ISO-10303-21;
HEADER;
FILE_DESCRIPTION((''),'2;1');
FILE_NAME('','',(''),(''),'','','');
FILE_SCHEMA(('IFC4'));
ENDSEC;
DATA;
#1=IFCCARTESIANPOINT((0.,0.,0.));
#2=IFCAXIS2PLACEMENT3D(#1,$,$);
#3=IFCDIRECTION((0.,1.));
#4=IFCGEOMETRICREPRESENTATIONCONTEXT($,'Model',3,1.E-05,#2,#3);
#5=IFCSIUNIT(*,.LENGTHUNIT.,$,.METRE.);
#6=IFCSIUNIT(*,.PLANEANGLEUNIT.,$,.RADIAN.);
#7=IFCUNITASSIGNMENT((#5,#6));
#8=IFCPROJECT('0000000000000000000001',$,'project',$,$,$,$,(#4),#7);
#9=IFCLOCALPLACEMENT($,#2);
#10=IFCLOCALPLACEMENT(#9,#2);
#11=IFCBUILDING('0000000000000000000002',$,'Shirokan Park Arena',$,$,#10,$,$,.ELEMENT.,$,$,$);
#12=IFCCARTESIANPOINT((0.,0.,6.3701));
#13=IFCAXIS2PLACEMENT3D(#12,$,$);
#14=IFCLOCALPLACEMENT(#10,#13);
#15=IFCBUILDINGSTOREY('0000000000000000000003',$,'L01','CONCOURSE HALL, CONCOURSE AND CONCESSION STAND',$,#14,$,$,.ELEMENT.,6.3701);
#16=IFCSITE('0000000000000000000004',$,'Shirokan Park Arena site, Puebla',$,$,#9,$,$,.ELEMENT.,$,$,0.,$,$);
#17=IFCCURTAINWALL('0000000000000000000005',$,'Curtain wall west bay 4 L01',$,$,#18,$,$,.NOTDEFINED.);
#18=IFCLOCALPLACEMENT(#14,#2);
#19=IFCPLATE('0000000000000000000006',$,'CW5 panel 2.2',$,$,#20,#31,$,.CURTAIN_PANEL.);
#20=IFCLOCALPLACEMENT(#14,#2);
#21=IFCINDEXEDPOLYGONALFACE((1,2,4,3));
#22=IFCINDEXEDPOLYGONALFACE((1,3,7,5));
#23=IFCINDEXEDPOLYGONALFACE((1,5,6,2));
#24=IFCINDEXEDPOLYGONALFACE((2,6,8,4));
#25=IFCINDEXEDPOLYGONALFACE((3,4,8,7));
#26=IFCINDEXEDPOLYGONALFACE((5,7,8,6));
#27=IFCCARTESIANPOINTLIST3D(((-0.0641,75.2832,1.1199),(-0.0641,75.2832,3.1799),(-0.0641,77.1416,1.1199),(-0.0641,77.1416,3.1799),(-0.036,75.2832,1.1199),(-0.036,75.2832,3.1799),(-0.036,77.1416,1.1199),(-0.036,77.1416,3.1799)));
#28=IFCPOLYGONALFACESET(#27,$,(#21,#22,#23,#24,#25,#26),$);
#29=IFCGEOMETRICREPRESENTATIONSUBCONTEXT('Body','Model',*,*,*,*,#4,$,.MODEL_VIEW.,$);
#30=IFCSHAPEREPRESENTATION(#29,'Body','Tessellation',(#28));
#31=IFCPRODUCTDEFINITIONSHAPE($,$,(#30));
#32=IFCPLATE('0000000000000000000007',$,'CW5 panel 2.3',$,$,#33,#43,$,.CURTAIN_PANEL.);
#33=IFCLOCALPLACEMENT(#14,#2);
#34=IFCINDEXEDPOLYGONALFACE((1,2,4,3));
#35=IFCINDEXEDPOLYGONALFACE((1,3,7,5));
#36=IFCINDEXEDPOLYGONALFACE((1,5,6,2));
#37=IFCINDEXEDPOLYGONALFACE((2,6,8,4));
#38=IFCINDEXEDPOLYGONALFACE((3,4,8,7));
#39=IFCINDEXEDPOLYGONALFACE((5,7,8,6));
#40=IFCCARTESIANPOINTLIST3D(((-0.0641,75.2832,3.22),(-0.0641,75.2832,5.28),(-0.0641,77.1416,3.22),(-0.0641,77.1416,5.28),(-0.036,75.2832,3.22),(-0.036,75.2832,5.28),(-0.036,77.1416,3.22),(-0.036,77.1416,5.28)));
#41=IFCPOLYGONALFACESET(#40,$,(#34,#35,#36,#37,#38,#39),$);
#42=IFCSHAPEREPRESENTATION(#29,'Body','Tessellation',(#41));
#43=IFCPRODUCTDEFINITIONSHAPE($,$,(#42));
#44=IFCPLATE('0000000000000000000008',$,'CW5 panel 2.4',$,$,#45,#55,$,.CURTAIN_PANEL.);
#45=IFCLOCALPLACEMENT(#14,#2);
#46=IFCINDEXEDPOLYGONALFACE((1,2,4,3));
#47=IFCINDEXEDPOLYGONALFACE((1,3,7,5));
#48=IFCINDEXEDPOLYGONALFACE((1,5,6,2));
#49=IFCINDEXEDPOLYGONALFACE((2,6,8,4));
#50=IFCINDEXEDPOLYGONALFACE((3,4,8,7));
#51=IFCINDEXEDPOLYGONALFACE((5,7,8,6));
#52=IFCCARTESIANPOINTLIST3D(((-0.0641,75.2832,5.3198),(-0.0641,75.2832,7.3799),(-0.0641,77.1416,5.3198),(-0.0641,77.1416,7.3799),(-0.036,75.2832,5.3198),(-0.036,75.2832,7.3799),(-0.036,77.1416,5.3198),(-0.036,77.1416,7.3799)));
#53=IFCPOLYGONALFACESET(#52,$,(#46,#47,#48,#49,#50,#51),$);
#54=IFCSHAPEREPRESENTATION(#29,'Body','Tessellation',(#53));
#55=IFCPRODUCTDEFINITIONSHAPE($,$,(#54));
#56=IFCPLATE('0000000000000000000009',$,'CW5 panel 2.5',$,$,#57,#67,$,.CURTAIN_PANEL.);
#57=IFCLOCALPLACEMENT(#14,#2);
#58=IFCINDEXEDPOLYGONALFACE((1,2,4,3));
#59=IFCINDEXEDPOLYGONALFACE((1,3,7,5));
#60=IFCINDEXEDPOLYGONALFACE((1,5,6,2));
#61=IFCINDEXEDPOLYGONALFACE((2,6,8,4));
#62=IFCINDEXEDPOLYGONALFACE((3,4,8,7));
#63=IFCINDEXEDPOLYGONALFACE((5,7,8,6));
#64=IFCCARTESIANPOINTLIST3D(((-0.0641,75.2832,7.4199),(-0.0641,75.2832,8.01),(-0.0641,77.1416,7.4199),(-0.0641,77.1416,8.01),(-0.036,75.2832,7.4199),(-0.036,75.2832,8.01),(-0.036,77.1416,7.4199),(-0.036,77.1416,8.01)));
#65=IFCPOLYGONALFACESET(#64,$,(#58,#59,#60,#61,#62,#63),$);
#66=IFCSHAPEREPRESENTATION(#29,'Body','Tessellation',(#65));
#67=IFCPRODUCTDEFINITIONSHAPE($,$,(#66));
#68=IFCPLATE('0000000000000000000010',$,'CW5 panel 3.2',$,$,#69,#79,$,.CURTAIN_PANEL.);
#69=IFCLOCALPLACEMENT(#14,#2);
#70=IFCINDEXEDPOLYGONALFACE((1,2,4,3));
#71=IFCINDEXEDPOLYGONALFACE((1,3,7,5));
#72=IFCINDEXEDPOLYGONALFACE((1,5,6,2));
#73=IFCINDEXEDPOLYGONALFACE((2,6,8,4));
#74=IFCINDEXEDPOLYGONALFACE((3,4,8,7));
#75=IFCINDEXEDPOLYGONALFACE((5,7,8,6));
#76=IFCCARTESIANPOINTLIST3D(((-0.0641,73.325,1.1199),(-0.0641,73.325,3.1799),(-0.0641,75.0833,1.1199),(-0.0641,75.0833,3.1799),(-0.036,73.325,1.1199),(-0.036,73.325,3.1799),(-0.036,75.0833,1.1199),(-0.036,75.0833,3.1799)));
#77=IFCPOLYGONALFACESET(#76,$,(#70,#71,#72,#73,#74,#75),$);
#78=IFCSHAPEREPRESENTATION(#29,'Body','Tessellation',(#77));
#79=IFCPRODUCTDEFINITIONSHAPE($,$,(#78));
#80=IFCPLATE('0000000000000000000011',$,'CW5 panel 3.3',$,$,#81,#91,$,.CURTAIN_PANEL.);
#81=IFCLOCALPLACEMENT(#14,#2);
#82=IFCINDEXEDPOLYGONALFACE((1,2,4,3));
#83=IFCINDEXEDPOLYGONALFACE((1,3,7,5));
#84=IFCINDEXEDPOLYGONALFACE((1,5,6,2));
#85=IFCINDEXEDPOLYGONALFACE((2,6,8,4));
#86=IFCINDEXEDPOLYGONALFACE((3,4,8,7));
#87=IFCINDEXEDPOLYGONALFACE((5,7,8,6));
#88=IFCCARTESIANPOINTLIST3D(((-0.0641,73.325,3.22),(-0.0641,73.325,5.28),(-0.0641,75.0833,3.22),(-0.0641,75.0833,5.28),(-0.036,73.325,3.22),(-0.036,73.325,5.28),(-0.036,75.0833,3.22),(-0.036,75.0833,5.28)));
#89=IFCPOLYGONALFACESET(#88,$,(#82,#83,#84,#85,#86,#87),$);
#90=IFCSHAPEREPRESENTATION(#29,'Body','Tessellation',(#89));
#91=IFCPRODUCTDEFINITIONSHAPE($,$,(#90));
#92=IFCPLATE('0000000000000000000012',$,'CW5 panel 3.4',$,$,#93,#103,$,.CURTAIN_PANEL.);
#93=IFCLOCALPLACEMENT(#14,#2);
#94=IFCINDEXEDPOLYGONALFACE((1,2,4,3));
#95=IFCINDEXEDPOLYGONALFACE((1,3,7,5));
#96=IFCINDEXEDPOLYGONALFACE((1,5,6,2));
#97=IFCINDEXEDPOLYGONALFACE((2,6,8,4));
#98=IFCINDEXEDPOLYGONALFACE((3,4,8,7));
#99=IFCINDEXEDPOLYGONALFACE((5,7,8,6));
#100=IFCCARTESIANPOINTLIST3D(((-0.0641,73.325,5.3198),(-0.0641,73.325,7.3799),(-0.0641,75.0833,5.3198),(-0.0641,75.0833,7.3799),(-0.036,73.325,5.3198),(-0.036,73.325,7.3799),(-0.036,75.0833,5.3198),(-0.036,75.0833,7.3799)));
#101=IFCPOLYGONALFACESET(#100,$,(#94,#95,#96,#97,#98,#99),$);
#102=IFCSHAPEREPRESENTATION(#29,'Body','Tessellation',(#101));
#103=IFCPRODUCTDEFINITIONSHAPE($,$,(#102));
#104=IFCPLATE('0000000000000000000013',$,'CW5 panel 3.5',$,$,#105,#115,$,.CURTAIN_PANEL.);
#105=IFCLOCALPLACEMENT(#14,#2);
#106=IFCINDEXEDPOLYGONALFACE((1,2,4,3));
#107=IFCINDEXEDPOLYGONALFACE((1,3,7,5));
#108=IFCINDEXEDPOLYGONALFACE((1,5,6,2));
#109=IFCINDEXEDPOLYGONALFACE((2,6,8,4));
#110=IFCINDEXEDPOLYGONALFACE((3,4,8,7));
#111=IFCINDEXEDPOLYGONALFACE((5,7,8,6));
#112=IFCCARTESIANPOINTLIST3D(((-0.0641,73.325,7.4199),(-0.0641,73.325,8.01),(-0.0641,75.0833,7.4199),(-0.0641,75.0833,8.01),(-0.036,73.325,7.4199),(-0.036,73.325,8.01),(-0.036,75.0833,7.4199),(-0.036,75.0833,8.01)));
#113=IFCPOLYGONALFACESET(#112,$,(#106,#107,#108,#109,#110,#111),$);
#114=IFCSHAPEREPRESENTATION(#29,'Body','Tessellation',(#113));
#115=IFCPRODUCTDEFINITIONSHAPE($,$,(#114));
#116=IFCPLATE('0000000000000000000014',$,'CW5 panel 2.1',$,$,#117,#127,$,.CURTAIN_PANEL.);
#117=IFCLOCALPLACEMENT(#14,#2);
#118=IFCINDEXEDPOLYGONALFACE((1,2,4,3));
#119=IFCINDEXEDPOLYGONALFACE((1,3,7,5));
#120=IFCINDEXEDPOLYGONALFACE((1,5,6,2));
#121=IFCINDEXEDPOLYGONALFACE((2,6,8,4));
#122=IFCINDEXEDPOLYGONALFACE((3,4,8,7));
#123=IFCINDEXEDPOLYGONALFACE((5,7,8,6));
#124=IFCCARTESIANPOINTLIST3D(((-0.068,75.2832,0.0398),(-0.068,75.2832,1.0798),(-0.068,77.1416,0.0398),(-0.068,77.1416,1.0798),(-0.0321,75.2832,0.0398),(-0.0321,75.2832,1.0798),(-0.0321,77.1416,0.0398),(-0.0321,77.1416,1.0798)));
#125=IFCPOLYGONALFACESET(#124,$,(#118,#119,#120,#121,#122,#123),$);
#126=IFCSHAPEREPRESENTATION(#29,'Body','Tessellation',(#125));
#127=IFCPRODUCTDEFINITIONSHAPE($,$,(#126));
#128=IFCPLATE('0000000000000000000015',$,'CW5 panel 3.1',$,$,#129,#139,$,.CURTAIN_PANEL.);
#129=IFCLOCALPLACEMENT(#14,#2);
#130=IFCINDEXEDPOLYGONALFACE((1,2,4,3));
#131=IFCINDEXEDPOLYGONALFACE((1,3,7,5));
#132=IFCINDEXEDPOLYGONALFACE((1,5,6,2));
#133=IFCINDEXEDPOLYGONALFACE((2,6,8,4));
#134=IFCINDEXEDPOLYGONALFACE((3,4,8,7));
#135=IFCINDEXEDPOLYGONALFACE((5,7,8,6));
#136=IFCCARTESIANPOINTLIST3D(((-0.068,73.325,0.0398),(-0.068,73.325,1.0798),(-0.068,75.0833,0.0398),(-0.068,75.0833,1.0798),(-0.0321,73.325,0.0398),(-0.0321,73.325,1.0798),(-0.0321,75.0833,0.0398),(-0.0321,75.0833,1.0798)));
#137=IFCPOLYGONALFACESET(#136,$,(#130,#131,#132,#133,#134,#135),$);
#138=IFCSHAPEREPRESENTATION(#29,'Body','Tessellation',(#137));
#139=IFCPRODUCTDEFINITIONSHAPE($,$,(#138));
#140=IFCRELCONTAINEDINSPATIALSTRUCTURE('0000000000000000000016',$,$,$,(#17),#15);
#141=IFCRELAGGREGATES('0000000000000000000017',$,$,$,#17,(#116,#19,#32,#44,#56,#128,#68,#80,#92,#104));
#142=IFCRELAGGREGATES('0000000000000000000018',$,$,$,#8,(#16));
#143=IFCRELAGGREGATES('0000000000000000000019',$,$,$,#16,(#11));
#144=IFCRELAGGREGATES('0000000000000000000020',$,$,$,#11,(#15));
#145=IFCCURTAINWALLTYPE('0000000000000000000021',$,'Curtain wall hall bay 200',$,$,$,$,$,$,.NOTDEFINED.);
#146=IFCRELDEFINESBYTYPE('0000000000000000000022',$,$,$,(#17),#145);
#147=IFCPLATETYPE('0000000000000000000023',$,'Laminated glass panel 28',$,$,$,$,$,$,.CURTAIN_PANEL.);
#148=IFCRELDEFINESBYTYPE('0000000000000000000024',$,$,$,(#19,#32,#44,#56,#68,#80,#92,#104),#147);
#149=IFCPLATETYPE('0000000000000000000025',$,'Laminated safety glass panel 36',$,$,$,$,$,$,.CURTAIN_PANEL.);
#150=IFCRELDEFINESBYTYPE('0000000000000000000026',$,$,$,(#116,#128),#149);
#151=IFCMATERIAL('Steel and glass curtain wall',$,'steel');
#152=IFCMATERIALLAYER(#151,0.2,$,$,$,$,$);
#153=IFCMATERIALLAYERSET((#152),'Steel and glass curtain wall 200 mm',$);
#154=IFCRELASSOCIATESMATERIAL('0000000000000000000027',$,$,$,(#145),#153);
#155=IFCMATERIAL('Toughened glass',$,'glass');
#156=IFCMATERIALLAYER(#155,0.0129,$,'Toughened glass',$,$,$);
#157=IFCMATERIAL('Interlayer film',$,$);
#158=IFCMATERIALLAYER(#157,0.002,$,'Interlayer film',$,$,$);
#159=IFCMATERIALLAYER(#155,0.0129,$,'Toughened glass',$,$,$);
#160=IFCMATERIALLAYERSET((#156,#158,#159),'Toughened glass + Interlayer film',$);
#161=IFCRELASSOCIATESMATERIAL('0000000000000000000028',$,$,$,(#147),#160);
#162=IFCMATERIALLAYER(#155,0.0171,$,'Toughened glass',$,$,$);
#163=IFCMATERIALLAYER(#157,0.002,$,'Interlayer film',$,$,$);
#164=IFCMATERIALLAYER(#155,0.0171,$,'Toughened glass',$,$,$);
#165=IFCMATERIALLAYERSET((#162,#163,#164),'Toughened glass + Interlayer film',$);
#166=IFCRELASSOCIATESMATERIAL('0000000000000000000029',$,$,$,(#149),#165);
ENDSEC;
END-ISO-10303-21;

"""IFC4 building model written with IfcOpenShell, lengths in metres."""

from ifc_helpers import new_model, si_unit, direction, frame, origin, origin_2d, place, context, subcontext, project, spatial, rectangle, extrude, material, layer, layer_set, type_object, element, aggregate, save


model = new_model("IFC4")

# Units and contexts
model_context = context("Model", 3, precision=1e-05, world=origin(), true_north=direction((0.0, 1.0)))
body_context = subcontext(model_context, "Body", "Model", "MODEL_VIEW")
ifc_project = project(units=[si_unit("LENGTHUNIT", "METRE"), si_unit("PLANEANGLEUNIT", "RADIAN")], contexts=[model_context])

# Site, building, storey
site_placement = place(None, origin())
site = spatial("IfcSite", under=ifc_project, at=site_placement, Name="Shirokan Park Arena site, Puebla", CompositionType="ELEMENT", RefElevation=0.0)
building_placement = place(site_placement, origin())
building = spatial("IfcBuilding", under=site, at=building_placement, Name="Shirokan Park Arena", CompositionType="ELEMENT")
storey_placement = place(building_placement, frame((0.0, 0.0, 6.3701)))
storey = spatial("IfcBuildingStorey", under=building, at=storey_placement, Name="L01", Description="CONCOURSE HALL, CONCOURSE AND CONCESSION STAND", CompositionType="ELEMENT", Elevation=6.3701)

# Curtain wall
ifc_material_1 = material(Name="Steel and glass curtain wall", Category="steel")
ifc_layer_1 = layer(ifc_material_1, 0.2)
ifc_layer_set_1 = layer_set([ifc_layer_1], Name="Steel and glass curtain wall 200 mm")
curtain_wall_type = type_object("IfcCurtainWallType", Name="Curtain wall hall bay 200", PredefinedType="NOTDEFINED", material=ifc_layer_set_1)
curtain_wall_1_placement = place(storey_placement, origin())
curtain_wall_1 = element("IfcCurtainWall", 1, at=curtain_wall_1_placement, inside=storey, type_object=curtain_wall_type, Name="Curtain wall west bay 4 L01", PredefinedType="NOTDEFINED")

# Plates
ifc_material_2 = material(Name="Toughened glass", Category="glass")
ifc_layer_2 = layer(ifc_material_2, 0.0129, Name="Toughened glass")
ifc_material_3 = material(Name="Interlayer film")
ifc_layer_3 = layer(ifc_material_3, 0.002, Name="Interlayer film")
ifc_layer_4 = layer(ifc_material_2, 0.0129, Name="Toughened glass")
ifc_layer_set_2 = layer_set([ifc_layer_2, ifc_layer_3, ifc_layer_4], Name="Toughened glass + Interlayer film")
plate_type_1 = type_object("IfcPlateType", Name="Laminated glass panel 28", PredefinedType="CURTAIN_PANEL", material=ifc_layer_set_2)
plate_1_placement = place(storey_placement, frame((-0.05, 76.2124, 1.1199), z_axis=(0.0, 0.0, 1.0), x_axis=(0.0, -1.0, 0.0)))
plate_1 = element("IfcPlate", 2, at=plate_1_placement, type_object=plate_type_1, Name="CW5 panel 2.2", PredefinedType="CURTAIN_PANEL", context=body_context, shape_type="SweptSolid", body=[
    extrude(rectangle(XDim=1.8584, YDim=0.0281, at=origin_2d()), origin(), (0.0, 0.0, 1.0), 2.0601),
])
plate_2_placement = place(storey_placement, frame((-0.05, 76.2124, 3.22), z_axis=(0.0, 0.0, 1.0), x_axis=(0.0, -1.0, 0.0)))
plate_2 = element("IfcPlate", 3, at=plate_2_placement, type_object=plate_type_1, Name="CW5 panel 2.3", PredefinedType="CURTAIN_PANEL", context=body_context, shape_type="SweptSolid", body=[
    extrude(rectangle(XDim=1.8584, YDim=0.0281, at=origin_2d()), origin(), (0.0, 0.0, 1.0), 2.0601),
])
plate_3_placement = place(storey_placement, frame((-0.05, 76.2124, 5.3198), z_axis=(0.0, 0.0, 1.0), x_axis=(0.0, -1.0, 0.0)))
plate_3 = element("IfcPlate", 4, at=plate_3_placement, type_object=plate_type_1, Name="CW5 panel 2.4", PredefinedType="CURTAIN_PANEL", context=body_context, shape_type="SweptSolid", body=[
    extrude(rectangle(XDim=1.8584, YDim=0.0281, at=origin_2d()), origin(), (0.0, 0.0, 1.0), 2.0601),
])
plate_4_placement = place(storey_placement, frame((-0.05, 76.2124, 7.4199), z_axis=(0.0, 0.0, 1.0), x_axis=(0.0, -1.0, 0.0)))
plate_4 = element("IfcPlate", 5, at=plate_4_placement, type_object=plate_type_1, Name="CW5 panel 2.5", PredefinedType="CURTAIN_PANEL", context=body_context, shape_type="SweptSolid", body=[
    extrude(rectangle(XDim=1.8584, YDim=0.0281, at=origin_2d()), origin(), (0.0, 0.0, 1.0), 0.5901),
])
plate_5_placement = place(storey_placement, frame((-0.05, 74.2041, 1.1199), z_axis=(0.0, 0.0, 1.0), x_axis=(0.0, -1.0, 0.0)))
plate_5 = element("IfcPlate", 6, at=plate_5_placement, type_object=plate_type_1, Name="CW5 panel 3.2", PredefinedType="CURTAIN_PANEL", context=body_context, shape_type="SweptSolid", body=[
    extrude(rectangle(XDim=1.7583, YDim=0.0281, at=origin_2d()), origin(), (0.0, 0.0, 1.0), 2.0601),
])
plate_6_placement = place(storey_placement, frame((-0.05, 74.2041, 3.22), z_axis=(0.0, 0.0, 1.0), x_axis=(0.0, -1.0, 0.0)))
plate_6 = element("IfcPlate", 7, at=plate_6_placement, type_object=plate_type_1, Name="CW5 panel 3.3", PredefinedType="CURTAIN_PANEL", context=body_context, shape_type="SweptSolid", body=[
    extrude(rectangle(XDim=1.7583, YDim=0.0281, at=origin_2d()), origin(), (0.0, 0.0, 1.0), 2.0601),
])
plate_7_placement = place(storey_placement, frame((-0.05, 74.2041, 5.3198), z_axis=(0.0, 0.0, 1.0), x_axis=(0.0, -1.0, 0.0)))
plate_7 = element("IfcPlate", 8, at=plate_7_placement, type_object=plate_type_1, Name="CW5 panel 3.4", PredefinedType="CURTAIN_PANEL", context=body_context, shape_type="SweptSolid", body=[
    extrude(rectangle(XDim=1.7583, YDim=0.0281, at=origin_2d()), origin(), (0.0, 0.0, 1.0), 2.0601),
])
plate_8_placement = place(storey_placement, frame((-0.05, 74.2041, 7.4199), z_axis=(0.0, 0.0, 1.0), x_axis=(0.0, -1.0, 0.0)))
plate_8 = element("IfcPlate", 9, at=plate_8_placement, type_object=plate_type_1, Name="CW5 panel 3.5", PredefinedType="CURTAIN_PANEL", context=body_context, shape_type="SweptSolid", body=[
    extrude(rectangle(XDim=1.7583, YDim=0.0281, at=origin_2d()), origin(), (0.0, 0.0, 1.0), 0.5901),
])
ifc_layer_5 = layer(ifc_material_2, 0.0171, Name="Toughened glass")
ifc_layer_6 = layer(ifc_material_3, 0.002, Name="Interlayer film")
ifc_layer_7 = layer(ifc_material_2, 0.0171, Name="Toughened glass")
ifc_layer_set_3 = layer_set([ifc_layer_5, ifc_layer_6, ifc_layer_7], Name="Toughened glass + Interlayer film")
plate_type_2 = type_object("IfcPlateType", Name="Laminated safety glass panel 36", PredefinedType="CURTAIN_PANEL", material=ifc_layer_set_3)
plate_9_placement = place(storey_placement, frame((-0.05, 76.2124, 0.0398), z_axis=(0.0, 0.0, 1.0), x_axis=(0.0, -1.0, 0.0)))
plate_9 = element("IfcPlate", 10, at=plate_9_placement, type_object=plate_type_2, Name="CW5 panel 2.1", PredefinedType="CURTAIN_PANEL", context=body_context, shape_type="SweptSolid", body=[
    extrude(rectangle(XDim=1.8584, YDim=0.0359, at=origin_2d()), origin(), (0.0, 0.0, 1.0), 1.04),
])
plate_10_placement = place(storey_placement, frame((-0.05, 74.2041, 0.0398), z_axis=(0.0, 0.0, 1.0), x_axis=(0.0, -1.0, 0.0)))
plate_10 = element("IfcPlate", 11, at=plate_10_placement, type_object=plate_type_2, Name="CW5 panel 3.1", PredefinedType="CURTAIN_PANEL", context=body_context, shape_type="SweptSolid", body=[
    extrude(rectangle(XDim=1.7583, YDim=0.0359, at=origin_2d()), origin(), (0.0, 0.0, 1.0), 1.04),
])
aggregate(curtain_wall_1, [plate_9, plate_1, plate_2, plate_3, plate_4, plate_10, plate_5, plate_6, plate_7, plate_8])

save(model, "model.ifc")
